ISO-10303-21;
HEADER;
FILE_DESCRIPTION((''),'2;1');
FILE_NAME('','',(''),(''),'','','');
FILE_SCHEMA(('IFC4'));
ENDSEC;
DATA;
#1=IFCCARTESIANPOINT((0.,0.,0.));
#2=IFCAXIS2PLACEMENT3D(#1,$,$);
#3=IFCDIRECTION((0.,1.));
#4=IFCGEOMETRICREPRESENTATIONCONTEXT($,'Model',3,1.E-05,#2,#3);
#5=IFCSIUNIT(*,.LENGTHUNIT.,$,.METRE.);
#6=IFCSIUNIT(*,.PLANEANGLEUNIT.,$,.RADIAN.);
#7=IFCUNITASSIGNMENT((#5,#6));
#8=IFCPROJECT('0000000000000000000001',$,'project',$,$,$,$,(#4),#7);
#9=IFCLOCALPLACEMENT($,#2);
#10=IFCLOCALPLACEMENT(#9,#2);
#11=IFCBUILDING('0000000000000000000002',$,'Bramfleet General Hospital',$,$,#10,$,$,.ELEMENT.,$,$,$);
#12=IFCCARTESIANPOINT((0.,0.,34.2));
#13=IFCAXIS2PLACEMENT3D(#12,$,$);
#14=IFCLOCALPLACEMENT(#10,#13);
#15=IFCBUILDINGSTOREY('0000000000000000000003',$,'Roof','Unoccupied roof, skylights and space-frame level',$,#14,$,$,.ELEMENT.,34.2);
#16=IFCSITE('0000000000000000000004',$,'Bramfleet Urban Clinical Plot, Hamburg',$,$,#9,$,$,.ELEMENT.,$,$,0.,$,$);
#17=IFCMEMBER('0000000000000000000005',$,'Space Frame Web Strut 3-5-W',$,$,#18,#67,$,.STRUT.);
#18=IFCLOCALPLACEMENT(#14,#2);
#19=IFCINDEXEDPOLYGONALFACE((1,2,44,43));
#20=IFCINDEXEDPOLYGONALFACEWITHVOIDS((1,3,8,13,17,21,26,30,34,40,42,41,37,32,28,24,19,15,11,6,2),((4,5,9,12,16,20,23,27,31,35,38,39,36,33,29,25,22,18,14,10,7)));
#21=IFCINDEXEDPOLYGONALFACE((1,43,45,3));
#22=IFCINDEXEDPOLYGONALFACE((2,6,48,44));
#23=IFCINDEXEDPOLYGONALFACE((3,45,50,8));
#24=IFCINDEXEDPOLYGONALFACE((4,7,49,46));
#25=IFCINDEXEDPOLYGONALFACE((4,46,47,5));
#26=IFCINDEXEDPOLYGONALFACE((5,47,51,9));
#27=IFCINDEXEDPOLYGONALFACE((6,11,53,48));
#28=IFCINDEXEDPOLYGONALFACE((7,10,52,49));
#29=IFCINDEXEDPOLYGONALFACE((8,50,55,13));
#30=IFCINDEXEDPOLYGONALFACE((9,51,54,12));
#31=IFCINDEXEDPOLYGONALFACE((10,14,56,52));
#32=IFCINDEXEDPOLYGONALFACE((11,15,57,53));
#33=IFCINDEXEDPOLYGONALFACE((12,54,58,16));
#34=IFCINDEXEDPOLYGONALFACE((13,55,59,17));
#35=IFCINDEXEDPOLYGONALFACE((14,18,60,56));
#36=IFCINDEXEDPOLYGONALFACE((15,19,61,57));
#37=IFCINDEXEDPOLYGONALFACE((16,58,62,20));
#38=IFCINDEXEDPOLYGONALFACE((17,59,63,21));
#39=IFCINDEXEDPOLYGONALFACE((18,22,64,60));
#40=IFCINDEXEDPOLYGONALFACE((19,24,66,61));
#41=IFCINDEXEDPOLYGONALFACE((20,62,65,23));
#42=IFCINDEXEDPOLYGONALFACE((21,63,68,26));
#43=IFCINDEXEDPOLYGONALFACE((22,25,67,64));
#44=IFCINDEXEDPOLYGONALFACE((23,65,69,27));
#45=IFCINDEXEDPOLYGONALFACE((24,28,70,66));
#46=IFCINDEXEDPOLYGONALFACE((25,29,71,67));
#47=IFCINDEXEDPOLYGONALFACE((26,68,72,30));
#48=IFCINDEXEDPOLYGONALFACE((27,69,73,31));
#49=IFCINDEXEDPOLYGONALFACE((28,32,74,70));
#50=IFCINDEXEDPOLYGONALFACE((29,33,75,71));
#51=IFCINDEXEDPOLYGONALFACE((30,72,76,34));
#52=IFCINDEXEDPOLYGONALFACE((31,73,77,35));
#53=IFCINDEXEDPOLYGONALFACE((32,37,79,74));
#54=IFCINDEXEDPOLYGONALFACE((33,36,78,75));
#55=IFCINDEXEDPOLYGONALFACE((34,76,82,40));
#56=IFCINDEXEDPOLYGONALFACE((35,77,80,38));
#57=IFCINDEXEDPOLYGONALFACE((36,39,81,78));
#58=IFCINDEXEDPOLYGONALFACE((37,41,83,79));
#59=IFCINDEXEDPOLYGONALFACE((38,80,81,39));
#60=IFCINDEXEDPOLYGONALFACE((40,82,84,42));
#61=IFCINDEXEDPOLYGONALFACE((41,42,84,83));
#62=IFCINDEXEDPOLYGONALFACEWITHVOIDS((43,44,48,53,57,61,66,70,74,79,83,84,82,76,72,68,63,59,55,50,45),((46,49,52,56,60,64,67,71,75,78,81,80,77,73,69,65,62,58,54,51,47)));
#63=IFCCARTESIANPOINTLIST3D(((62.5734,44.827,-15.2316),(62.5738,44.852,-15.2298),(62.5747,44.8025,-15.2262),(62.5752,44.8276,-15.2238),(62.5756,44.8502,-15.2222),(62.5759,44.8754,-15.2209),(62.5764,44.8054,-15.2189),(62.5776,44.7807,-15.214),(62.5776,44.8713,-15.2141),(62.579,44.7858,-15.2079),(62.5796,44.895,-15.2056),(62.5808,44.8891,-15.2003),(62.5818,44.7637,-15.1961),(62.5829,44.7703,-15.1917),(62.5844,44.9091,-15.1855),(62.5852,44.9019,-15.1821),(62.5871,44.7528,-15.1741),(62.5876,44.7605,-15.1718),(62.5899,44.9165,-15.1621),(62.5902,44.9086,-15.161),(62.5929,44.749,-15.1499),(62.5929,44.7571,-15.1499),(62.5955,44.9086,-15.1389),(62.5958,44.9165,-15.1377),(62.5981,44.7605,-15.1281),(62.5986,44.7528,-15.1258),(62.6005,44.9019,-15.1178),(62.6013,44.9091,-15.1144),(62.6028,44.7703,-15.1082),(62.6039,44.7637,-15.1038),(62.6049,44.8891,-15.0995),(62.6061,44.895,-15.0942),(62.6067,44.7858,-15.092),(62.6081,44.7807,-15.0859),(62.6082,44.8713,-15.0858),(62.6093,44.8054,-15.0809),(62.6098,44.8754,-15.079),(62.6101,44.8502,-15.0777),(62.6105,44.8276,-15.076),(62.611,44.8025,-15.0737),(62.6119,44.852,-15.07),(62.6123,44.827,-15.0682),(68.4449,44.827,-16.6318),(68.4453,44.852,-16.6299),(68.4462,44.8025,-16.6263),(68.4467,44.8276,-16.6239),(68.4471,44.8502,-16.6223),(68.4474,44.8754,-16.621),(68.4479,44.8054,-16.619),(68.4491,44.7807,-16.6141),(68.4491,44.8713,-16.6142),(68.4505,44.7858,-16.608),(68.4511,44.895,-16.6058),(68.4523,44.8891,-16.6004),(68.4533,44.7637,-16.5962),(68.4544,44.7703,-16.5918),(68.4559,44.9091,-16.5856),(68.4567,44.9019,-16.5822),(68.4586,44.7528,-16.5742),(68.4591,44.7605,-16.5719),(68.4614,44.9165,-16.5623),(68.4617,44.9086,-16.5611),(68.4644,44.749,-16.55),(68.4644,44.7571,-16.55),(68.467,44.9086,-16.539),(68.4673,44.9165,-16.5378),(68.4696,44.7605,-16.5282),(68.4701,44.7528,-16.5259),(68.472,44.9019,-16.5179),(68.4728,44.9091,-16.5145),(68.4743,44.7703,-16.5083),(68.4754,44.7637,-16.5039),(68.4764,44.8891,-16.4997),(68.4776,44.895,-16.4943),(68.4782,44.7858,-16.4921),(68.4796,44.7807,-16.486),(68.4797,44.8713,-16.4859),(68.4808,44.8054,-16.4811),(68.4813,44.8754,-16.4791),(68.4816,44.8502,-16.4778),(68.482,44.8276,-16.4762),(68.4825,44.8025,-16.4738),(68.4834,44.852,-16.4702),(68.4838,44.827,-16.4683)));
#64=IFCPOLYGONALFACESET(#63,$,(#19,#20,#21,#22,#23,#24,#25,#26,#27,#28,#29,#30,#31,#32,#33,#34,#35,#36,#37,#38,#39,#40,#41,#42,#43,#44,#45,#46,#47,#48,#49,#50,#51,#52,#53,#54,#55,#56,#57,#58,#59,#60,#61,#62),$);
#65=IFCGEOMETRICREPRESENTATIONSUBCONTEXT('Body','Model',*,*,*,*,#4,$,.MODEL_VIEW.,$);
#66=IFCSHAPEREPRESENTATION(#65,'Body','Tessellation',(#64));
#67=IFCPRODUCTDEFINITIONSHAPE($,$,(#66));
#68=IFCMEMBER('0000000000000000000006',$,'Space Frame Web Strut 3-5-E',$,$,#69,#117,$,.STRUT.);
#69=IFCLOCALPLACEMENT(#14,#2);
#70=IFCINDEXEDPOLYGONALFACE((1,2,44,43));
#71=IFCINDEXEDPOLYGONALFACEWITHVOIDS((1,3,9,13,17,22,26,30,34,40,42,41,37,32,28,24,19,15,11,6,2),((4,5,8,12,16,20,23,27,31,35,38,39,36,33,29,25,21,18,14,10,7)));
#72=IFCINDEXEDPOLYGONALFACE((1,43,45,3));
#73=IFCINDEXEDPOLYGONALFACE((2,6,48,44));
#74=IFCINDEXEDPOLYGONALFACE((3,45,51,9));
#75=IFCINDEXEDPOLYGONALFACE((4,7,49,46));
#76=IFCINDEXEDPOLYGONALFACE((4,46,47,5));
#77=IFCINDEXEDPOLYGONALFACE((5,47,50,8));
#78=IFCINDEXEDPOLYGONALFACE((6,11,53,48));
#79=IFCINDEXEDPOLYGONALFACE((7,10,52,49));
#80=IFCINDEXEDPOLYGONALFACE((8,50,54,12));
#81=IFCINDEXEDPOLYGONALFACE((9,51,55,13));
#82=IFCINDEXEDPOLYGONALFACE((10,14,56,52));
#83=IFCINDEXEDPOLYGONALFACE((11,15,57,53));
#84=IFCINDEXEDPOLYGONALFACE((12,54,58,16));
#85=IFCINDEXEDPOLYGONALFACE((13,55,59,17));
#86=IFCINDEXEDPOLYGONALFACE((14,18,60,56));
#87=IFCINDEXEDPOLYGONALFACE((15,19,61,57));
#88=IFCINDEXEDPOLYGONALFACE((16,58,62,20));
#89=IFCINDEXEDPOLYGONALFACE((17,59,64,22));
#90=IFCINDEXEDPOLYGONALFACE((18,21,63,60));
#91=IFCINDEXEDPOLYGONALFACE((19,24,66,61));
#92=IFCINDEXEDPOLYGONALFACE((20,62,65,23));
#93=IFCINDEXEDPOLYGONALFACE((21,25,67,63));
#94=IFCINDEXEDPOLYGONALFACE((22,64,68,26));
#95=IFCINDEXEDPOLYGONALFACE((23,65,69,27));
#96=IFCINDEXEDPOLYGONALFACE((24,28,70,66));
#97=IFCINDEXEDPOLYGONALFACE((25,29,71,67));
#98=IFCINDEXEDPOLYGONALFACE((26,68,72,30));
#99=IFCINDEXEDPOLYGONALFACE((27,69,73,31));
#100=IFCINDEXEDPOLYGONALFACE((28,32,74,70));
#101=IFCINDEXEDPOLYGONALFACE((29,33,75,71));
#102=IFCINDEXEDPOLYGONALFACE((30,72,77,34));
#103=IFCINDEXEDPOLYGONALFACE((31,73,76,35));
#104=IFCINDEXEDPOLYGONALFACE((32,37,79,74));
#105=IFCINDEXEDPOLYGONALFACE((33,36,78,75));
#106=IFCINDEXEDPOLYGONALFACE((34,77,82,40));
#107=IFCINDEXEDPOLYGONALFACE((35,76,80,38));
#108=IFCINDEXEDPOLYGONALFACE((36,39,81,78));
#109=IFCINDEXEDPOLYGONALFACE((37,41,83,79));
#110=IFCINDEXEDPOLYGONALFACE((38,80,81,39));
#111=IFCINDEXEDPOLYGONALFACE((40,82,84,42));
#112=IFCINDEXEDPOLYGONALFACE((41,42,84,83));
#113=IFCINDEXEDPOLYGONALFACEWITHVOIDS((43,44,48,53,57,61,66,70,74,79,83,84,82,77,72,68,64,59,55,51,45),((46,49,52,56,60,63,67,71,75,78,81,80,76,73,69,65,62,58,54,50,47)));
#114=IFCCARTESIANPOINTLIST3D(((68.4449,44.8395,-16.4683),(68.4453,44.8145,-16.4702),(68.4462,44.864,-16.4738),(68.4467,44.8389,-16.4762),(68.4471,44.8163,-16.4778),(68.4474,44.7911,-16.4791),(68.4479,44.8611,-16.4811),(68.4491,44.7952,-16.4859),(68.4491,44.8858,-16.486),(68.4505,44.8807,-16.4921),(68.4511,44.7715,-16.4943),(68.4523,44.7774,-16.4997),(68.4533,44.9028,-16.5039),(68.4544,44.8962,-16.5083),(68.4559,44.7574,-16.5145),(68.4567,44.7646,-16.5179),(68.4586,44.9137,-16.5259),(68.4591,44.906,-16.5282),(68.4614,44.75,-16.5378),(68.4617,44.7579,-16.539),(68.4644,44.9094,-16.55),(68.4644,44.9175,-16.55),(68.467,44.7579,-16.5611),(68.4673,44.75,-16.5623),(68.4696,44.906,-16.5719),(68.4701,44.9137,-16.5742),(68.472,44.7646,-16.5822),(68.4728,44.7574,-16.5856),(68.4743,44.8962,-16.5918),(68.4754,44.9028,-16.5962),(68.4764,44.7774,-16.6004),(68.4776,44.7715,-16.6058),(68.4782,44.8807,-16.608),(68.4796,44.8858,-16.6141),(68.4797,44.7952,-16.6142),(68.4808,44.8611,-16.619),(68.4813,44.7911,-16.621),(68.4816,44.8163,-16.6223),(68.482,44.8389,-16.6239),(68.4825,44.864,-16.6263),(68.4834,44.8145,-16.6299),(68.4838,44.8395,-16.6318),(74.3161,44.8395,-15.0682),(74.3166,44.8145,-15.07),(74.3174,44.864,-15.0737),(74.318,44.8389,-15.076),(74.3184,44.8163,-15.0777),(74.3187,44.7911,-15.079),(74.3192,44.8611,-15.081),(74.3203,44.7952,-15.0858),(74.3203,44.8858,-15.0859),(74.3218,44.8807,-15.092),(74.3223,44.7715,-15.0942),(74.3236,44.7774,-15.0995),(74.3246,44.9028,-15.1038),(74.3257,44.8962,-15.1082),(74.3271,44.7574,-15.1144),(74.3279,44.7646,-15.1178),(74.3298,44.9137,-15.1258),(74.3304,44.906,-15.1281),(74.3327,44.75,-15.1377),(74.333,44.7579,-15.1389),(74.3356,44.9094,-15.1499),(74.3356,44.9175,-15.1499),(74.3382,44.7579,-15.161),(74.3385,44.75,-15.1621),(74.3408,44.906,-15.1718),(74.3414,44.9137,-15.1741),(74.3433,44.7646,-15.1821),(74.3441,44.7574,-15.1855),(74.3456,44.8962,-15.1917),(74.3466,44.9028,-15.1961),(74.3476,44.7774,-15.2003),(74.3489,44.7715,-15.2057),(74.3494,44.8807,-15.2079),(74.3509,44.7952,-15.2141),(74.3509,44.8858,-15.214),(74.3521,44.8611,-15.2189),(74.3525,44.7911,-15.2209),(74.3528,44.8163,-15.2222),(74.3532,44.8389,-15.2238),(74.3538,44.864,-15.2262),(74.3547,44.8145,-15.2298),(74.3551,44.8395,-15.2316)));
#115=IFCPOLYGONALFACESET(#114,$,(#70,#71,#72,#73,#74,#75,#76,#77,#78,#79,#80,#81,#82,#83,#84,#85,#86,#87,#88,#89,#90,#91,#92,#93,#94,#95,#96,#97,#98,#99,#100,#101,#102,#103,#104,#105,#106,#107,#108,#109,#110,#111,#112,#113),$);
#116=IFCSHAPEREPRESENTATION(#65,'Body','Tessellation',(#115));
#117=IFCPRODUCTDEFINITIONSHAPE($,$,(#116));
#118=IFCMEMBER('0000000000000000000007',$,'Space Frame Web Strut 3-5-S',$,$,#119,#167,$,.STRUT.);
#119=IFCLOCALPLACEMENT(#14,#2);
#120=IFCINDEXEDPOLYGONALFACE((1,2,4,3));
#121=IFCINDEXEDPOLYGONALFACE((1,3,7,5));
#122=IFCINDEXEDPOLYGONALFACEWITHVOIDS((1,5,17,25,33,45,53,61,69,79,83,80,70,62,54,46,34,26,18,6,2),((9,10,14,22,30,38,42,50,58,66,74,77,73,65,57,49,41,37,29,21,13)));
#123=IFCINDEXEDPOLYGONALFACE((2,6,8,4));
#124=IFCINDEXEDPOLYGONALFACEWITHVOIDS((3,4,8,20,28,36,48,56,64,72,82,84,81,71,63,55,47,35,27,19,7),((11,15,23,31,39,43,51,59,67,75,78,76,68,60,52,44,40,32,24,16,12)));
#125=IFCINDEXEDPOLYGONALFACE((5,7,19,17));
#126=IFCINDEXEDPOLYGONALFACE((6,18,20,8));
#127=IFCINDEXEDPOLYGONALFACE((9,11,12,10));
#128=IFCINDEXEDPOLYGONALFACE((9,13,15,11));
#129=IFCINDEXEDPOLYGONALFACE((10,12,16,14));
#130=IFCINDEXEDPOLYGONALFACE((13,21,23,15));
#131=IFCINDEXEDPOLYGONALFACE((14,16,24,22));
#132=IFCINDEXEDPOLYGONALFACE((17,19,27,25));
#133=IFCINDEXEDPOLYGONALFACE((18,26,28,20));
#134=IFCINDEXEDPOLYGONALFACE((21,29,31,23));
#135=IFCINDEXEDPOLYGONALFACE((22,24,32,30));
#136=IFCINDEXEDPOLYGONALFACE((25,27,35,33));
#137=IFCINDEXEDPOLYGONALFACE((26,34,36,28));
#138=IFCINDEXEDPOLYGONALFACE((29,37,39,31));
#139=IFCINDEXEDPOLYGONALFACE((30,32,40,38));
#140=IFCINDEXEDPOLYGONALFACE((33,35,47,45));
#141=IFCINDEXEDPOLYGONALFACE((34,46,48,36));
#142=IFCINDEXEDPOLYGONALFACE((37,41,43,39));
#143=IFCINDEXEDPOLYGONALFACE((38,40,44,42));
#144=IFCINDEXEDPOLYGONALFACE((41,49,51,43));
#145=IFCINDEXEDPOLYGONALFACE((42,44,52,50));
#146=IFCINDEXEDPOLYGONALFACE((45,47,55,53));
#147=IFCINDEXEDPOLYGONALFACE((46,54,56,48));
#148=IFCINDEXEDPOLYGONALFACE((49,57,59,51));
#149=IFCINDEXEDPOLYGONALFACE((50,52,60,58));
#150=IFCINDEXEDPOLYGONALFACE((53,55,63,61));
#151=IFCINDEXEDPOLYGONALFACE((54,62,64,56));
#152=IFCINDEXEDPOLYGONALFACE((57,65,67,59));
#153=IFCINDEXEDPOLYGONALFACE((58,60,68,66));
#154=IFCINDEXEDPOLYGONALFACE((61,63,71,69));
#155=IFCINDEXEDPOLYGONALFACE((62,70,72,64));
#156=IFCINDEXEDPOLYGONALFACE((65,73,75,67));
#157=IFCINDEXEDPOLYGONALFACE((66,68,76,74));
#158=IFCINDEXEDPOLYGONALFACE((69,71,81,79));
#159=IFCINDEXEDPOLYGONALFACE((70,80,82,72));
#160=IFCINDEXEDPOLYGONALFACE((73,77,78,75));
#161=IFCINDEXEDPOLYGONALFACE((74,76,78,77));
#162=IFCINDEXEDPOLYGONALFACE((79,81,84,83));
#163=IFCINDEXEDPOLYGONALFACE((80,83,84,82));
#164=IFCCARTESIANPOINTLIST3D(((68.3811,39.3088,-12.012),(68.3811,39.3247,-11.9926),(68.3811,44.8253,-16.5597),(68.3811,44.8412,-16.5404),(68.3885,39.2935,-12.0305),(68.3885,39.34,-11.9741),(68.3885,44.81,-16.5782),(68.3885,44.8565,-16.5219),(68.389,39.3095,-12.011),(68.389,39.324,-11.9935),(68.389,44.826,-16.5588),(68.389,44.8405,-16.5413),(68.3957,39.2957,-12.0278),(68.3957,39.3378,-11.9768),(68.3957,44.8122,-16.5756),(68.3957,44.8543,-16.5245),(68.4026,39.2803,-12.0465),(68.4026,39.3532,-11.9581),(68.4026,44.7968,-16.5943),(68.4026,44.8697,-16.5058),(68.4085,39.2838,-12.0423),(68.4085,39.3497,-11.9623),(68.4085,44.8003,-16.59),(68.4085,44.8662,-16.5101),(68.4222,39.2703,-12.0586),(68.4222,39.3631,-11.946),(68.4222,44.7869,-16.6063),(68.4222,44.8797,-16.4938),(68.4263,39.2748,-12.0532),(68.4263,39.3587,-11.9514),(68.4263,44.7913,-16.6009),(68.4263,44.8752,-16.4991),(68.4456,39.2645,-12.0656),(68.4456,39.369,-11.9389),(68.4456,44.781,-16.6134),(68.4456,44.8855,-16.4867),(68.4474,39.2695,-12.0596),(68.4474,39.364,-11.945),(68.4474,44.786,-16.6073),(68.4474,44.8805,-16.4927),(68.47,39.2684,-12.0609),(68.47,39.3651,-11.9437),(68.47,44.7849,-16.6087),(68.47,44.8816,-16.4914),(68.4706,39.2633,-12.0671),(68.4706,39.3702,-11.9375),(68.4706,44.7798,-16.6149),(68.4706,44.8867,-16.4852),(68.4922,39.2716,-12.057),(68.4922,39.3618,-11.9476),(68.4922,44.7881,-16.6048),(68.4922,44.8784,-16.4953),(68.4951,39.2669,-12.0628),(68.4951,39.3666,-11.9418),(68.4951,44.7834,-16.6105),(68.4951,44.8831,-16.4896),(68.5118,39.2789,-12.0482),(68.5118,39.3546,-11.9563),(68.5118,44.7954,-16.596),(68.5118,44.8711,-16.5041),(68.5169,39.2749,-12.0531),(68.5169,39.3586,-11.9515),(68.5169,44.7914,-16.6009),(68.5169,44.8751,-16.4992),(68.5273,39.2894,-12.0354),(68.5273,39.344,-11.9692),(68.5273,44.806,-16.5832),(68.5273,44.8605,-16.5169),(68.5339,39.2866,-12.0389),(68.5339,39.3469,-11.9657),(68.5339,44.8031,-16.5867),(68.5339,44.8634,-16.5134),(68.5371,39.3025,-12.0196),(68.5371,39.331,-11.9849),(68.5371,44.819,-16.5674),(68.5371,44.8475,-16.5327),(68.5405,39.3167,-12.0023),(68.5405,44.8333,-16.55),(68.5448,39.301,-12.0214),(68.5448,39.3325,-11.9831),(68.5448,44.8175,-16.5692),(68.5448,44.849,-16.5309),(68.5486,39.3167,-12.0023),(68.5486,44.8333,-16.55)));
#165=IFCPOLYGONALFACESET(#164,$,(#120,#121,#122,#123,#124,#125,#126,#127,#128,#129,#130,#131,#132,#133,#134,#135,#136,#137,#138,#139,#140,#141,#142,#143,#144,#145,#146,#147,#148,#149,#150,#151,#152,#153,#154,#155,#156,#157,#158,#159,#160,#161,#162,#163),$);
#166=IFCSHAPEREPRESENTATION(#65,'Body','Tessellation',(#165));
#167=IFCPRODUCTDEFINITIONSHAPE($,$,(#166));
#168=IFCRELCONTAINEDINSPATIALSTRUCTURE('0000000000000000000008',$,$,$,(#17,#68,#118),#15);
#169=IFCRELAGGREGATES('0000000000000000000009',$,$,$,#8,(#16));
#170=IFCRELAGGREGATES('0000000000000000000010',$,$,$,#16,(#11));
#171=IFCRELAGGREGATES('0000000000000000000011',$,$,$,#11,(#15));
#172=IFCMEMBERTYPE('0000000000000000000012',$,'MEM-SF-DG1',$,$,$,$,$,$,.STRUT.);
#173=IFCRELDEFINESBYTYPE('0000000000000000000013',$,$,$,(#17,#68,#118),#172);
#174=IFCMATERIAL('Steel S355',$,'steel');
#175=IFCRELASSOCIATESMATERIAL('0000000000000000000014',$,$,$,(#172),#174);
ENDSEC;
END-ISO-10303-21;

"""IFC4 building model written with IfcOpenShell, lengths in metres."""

from ifc_helpers import new_model, si_unit, direction, frame, origin, origin_2d, place, context, subcontext, project, spatial, hollow_circle, extrude, material, material_profile, profile_set, type_object, element, save


model = new_model("IFC4")

# Units and contexts
model_context = context("Model", 3, precision=1e-05, world=origin(), true_north=direction((0.0, 1.0)))
body_context = subcontext(model_context, "Body", "Model", "MODEL_VIEW")
ifc_project = project(units=[si_unit("LENGTHUNIT", "METRE"), si_unit("PLANEANGLEUNIT", "RADIAN")], contexts=[model_context])

# Site, building, storey
site_placement = place(None, origin())
site = spatial("IfcSite", under=ifc_project, at=site_placement, Name="Bramfleet Urban Clinical Plot, Hamburg", CompositionType="ELEMENT", RefElevation=0.0)
building_placement = place(site_placement, origin())
building = spatial("IfcBuilding", under=site, at=building_placement, Name="Bramfleet General Hospital", CompositionType="ELEMENT")
storey_placement = place(building_placement, frame((0.0, 0.0, 34.2)))
storey = spatial("IfcBuildingStorey", under=building, at=storey_placement, Name="Roof", Description="Unoccupied roof, skylights and space-frame level", CompositionType="ELEMENT", Elevation=34.2)

# Members
ifc_material = material(Name="Steel S355", Category="steel")
ifc_material_profile_1 = material_profile(ifc_material, hollow_circle(Radius=0.0842, WallThickness=0.0081, at=origin_2d()), Name="CHS 168.3x8.0")
ifc_profile_set_1 = profile_set([ifc_material_profile_1], Name="Steel S355")
member_type_1 = type_object("IfcMemberType", Name="MEM-SF-DG1", PredefinedType="STRUT", material=ifc_profile_set_1)
member_1_placement = place(storey_placement, frame((68.4644, 44.8333, -16.55), z_axis=(-0.972726, 0.0, 0.231958), x_axis=(0.0, -1.0, 0.0)))
element("IfcMember", 1, at=member_1_placement, inside=storey, type_object=member_type_1, Name="Space Frame Web Strut 3-5-W", PredefinedType="STRUT", context=body_context, shape_type="SweptSolid", body=[
    extrude(hollow_circle(Radius=0.0842, WallThickness=0.0081, at=origin_2d()), origin(), (0.0, 0.0, 1.0), 6.0361),
])
member_2_placement = place(storey_placement, frame((68.4644, 44.8333, -16.55), z_axis=(0.972724, 0.0, 0.231967), x_axis=(0.0, 1.0, 0.0)))
element("IfcMember", 2, at=member_2_placement, inside=storey, type_object=member_type_1, Name="Space Frame Web Strut 3-5-E", PredefinedType="STRUT", context=body_context, shape_type="SweptSolid", body=[
    extrude(hollow_circle(Radius=0.0842, WallThickness=0.0081, at=origin_2d()), origin(), (0.0, 0.0, 1.0), 6.0359),
])
member_3_placement = place(storey_placement, frame((68.4644, 44.8333, -16.55), z_axis=(0.0, -0.771603, 0.636105), x_axis=(1.0, 0.0, 0.0)))
element("IfcMember", 3, at=member_3_placement, inside=storey, type_object=member_type_1, Name="Space Frame Web Strut 3-5-S", PredefinedType="STRUT", context=body_context, shape_type="SweptSolid", body=[
    extrude(hollow_circle(Radius=0.0842, WallThickness=0.0081, at=origin_2d()), origin(), (0.0, 0.0, 1.0), 7.1494),
])

save(model, "model.ifc")
